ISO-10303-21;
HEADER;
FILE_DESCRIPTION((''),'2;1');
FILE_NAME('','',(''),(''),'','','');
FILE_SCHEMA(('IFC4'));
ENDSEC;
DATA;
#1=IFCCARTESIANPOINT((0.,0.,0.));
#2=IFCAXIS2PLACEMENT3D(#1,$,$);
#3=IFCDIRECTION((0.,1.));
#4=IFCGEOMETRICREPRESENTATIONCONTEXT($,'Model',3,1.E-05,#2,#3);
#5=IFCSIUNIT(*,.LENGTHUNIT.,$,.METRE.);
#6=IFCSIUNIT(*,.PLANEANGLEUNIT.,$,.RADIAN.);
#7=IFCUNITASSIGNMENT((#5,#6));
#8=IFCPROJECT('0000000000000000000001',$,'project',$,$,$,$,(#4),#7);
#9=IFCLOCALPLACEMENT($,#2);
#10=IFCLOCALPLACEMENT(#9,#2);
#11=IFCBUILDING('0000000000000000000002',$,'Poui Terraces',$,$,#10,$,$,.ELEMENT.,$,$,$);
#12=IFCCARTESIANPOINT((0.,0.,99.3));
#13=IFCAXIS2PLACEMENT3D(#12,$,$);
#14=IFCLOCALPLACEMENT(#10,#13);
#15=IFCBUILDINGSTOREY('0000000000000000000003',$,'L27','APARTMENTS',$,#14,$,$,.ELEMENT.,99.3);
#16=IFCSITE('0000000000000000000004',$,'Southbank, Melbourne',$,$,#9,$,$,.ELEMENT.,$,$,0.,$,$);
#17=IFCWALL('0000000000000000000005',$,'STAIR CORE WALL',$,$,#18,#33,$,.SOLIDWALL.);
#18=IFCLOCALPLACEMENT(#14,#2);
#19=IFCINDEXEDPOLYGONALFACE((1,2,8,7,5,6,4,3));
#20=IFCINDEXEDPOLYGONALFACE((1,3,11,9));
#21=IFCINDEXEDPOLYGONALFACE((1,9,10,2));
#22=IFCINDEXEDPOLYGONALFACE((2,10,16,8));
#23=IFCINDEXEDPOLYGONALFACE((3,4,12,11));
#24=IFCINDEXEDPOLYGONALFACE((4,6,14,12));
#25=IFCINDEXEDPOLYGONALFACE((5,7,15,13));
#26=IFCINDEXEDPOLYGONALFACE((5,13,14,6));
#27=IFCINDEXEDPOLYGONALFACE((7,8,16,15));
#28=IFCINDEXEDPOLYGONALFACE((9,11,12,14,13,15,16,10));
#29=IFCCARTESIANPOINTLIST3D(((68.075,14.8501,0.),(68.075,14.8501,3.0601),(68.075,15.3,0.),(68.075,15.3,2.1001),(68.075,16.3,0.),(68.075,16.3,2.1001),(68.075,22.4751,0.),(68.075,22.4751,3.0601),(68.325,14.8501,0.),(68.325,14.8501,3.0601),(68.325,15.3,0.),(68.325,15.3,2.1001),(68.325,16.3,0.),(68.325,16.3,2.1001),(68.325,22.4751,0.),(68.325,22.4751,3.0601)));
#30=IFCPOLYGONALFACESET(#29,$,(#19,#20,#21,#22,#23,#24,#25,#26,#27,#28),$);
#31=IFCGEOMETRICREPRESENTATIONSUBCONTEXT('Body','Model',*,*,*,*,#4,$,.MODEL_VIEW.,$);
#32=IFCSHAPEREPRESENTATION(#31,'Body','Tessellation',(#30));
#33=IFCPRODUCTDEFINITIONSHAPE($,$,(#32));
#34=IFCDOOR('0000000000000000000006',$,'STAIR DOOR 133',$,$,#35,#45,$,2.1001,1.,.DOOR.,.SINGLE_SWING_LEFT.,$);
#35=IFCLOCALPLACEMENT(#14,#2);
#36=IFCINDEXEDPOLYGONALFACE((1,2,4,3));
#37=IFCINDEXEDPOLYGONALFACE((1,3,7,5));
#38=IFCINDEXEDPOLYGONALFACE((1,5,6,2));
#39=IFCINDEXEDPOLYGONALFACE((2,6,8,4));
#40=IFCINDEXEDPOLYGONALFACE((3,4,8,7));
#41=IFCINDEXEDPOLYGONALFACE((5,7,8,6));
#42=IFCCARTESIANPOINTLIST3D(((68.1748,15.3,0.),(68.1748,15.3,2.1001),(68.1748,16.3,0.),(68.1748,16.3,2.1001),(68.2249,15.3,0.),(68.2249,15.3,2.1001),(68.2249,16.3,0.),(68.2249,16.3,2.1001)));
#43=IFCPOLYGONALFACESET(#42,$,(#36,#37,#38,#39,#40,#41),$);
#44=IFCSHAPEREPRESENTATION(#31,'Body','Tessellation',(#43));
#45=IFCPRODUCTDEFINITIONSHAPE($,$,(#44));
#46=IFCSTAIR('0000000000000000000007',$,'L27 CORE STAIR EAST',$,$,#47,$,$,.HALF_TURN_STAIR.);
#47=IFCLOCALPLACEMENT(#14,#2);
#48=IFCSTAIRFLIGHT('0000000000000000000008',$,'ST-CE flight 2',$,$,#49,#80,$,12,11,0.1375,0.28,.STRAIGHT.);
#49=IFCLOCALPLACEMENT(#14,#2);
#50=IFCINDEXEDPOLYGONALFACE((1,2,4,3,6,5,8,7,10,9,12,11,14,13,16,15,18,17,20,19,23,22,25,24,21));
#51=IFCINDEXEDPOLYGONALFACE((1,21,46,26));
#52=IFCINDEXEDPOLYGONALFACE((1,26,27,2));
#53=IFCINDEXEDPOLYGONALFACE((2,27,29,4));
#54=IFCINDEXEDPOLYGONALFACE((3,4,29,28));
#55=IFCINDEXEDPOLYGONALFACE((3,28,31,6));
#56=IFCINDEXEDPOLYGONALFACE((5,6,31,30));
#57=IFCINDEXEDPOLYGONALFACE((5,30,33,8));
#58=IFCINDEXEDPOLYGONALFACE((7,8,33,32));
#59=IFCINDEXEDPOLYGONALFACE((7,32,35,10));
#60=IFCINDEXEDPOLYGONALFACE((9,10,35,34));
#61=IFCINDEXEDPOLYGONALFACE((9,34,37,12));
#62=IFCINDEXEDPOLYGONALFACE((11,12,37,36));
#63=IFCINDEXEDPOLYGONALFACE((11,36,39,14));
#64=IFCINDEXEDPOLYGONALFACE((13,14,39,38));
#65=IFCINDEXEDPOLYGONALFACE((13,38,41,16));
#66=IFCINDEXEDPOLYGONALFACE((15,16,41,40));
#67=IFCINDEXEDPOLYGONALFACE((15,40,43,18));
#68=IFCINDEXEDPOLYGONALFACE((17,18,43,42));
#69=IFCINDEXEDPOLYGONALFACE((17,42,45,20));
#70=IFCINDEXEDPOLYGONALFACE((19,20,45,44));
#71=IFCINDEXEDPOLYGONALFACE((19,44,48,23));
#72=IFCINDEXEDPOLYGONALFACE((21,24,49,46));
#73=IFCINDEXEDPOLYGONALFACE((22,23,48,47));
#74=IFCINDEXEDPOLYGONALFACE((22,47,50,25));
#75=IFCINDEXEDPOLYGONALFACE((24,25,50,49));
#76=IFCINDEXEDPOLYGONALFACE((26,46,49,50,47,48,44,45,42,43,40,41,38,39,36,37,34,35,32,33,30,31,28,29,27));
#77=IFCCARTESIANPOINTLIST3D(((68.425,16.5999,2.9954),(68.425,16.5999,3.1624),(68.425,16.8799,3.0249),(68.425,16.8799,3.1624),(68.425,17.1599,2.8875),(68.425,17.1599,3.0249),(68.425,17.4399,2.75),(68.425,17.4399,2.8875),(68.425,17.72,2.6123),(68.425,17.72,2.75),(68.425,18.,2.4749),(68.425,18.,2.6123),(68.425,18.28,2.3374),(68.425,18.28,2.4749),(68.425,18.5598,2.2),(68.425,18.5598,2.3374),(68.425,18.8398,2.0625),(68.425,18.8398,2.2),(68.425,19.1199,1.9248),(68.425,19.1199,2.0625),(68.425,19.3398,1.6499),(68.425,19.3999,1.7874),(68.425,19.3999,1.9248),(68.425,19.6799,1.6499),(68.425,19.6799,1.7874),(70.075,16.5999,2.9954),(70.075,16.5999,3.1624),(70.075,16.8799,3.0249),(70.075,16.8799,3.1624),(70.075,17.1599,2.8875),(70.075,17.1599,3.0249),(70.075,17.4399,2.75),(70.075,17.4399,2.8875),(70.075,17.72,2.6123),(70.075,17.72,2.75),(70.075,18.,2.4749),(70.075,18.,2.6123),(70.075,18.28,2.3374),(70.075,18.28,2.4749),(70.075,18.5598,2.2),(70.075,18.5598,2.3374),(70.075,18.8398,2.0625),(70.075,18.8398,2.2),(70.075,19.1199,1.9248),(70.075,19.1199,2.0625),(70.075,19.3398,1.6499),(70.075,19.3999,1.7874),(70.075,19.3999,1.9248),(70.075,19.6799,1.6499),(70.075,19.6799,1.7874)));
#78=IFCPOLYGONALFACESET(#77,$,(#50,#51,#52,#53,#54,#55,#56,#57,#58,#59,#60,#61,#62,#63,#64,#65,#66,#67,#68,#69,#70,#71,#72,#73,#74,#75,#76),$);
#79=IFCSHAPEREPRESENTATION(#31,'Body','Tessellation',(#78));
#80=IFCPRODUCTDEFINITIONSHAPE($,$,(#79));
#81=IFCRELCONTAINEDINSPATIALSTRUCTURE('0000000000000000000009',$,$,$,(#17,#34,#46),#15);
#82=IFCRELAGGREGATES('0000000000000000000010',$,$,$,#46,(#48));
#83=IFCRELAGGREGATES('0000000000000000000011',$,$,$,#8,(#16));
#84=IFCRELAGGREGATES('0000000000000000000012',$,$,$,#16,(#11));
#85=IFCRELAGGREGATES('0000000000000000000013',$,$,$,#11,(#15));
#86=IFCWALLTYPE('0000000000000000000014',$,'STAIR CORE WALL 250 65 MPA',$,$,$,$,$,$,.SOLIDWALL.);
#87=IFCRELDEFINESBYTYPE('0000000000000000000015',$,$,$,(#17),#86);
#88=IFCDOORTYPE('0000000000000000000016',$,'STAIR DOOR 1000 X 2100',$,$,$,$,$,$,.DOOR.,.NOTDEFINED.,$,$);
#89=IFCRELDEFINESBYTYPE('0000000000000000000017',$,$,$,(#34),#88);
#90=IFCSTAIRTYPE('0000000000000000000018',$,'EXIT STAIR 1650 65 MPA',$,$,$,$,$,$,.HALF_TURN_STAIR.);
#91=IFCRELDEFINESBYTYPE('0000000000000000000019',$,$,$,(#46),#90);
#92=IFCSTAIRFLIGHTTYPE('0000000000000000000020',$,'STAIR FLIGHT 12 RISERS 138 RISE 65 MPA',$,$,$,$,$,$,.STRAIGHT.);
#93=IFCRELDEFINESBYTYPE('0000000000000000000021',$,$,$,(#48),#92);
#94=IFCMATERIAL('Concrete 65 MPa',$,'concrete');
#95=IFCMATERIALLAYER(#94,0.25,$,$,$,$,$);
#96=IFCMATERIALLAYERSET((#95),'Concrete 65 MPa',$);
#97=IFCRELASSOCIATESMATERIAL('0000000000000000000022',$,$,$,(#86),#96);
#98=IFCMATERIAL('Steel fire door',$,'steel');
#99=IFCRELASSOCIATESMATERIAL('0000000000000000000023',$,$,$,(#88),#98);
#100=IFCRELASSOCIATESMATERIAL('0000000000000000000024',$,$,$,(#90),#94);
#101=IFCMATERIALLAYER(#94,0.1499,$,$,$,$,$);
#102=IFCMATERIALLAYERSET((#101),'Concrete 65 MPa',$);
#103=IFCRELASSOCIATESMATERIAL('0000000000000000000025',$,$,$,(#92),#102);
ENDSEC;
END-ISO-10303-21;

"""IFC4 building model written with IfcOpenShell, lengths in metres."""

from ifc_helpers import new_model, si_unit, direction, frame, frame_2d, origin, place, context, subcontext, project, spatial, polyline, rectangle, outline, extrude, material, layer, layer_set, type_object, element, fill, aggregate, save


model = new_model("IFC4")

# Units and contexts
model_context = context("Model", 3, precision=1e-05, world=origin(), true_north=direction((0.0, 1.0)))
body_context = subcontext(model_context, "Body", "Model", "MODEL_VIEW")
ifc_project = project(units=[si_unit("LENGTHUNIT", "METRE"), si_unit("PLANEANGLEUNIT", "RADIAN")], contexts=[model_context])

# Site, building, storey
site_placement = place(None, origin())
site = spatial("IfcSite", under=ifc_project, at=site_placement, Name="Southbank, Melbourne", CompositionType="ELEMENT", RefElevation=0.0)
building_placement = place(site_placement, origin())
building = spatial("IfcBuilding", under=site, at=building_placement, Name="Poui Terraces", CompositionType="ELEMENT")
storey_placement = place(building_placement, frame((0.0, 0.0, 99.3)))
storey = spatial("IfcBuildingStorey", under=building, at=storey_placement, Name="L27", Description="APARTMENTS", CompositionType="ELEMENT", Elevation=99.3)

# Shared definitions
ifc_material_1 = material(Name="Concrete 65 MPa", Category="concrete")

# Shared definitions
ifc_material_2 = material(Name="Steel fire door", Category="steel")

# Wall, opening, door
ifc_layer_1 = layer(ifc_material_1, 0.25)
ifc_layer_set_1 = layer_set([ifc_layer_1], Name="Concrete 65 MPa")
wall_type_1 = type_object("IfcWallType", Name="STAIR CORE WALL 250 65 MPA", PredefinedType="SOLIDWALL", material=ifc_layer_set_1)
wall_1_placement = place(storey_placement, frame((68.2, 14.8501, 0.0), z_axis=(0.0, 0.0, 1.0), x_axis=(0.0, 1.0, 0.0)))
wall_1 = element("IfcWall", 1, at=wall_1_placement, inside=storey, type_object=wall_type_1, Name="STAIR CORE WALL", PredefinedType="SOLIDWALL", context=body_context, shape_type="SweptSolid", body=[
    extrude(rectangle(XDim=7.625, YDim=0.25, at=frame_2d((3.8125, 0.0))), origin(), (0.0, 0.0, 1.0), 3.0601),
])
opening_1_placement = place(wall_1_placement, frame((0.45, 0.0, 0.0)))
opening_1 = element("IfcOpeningElement", 2, at=opening_1_placement, cuts=wall_1, PredefinedType="OPENING", context=body_context, shape_type="SweptSolid", body=[
    extrude(rectangle(XDim=1.0, YDim=2.1001, at=frame_2d((0.5, 1.05))), frame((0.0, 0.135, 0.0), z_axis=(0.0, -1.0, 0.0), x_axis=(1.0, 0.0, 0.0)), (0.0, 0.0, 1.0), 0.27),
])
door_type_1 = type_object("IfcDoorType", Name="STAIR DOOR 1000 X 2100", OperationType="NOTDEFINED", PredefinedType="DOOR", material=ifc_material_2)
door_1_placement = place(opening_1_placement, frame((1.0, 0.0, 0.0), z_axis=(0.0, 0.0, 1.0), x_axis=(-1.0, 0.0, 0.0)))
door_1 = element("IfcDoor", 3, at=door_1_placement, inside=storey, type_object=door_type_1, Name="STAIR DOOR 133", OperationType="SINGLE_SWING_LEFT", OverallHeight=2.1001, OverallWidth=1.0, PredefinedType="DOOR", context=body_context, shape_type="SweptSolid", body=[
    extrude(rectangle(XDim=1.0, YDim=2.1001, at=frame_2d((0.5, 1.05))), frame((0.0, 0.0249, 0.0), z_axis=(0.0, -1.0, 0.0), x_axis=(1.0, 0.0, 0.0)), (0.0, 0.0, 1.0), 0.05),
])
fill(opening_1, door_1)

# Stair, stair flight
stair_type = type_object("IfcStairType", Name="EXIT STAIR 1650 65 MPA", PredefinedType="HALF_TURN_STAIR", material=ifc_material_1)
stair_placement = place(storey_placement, origin())
stair = element("IfcStair", 4, at=stair_placement, inside=storey, type_object=stair_type, Name="L27 CORE STAIR EAST", PredefinedType="HALF_TURN_STAIR")
ifc_layer_2 = layer(ifc_material_1, 0.1499)
ifc_layer_set_2 = layer_set([ifc_layer_2], Name="Concrete 65 MPa")
stair_flight_type = type_object("IfcStairFlightType", Name="STAIR FLIGHT 12 RISERS 138 RISE 65 MPA", PredefinedType="STRAIGHT", material=ifc_layer_set_2)
stair_flight_placement = place(storey_placement, frame((69.25, 19.6799, 1.6499), z_axis=(0.0, 0.0, 1.0), x_axis=(0.0, -1.0, 0.0)))
stair_flight = element("IfcStairFlight", 5, at=stair_flight_placement, type_object=stair_flight_type, Name="ST-CE flight 2", NumberOfRisers=12, NumberOfTreads=11, PredefinedType="STRAIGHT", RiserHeight=0.1375, TreadLength=0.28, context=body_context, shape_type="SweptSolid", body=[
    extrude(outline(polyline([(0.0, 0.0), (0.0, 0.1375), (0.28, 0.1375), (0.28, 0.2749), (0.5601, 0.2749), (0.5601, 0.4126), (0.8401, 0.4126), (0.8401, 0.55), (1.1201, 0.55), (1.1201, 0.6875), (1.3999, 0.6875), (1.3999, 0.825), (1.6799, 0.825), (1.6799, 0.9624), (1.96, 0.9624), (1.96, 1.1001), (2.24, 1.1001), (2.24, 1.2375), (2.52, 1.2375), (2.52, 1.375), (2.8, 1.375), (2.8, 1.5125), (3.0801, 1.5125), (3.0801, 1.6499), (3.0801, 1.3455), (0.3401, 0.0), (0.0, 0.0)])), frame((0.0, 0.825, 0.0), z_axis=(0.0, -1.0, 0.0), x_axis=(1.0, 0.0, 0.0)), (0.0, 0.0, 1.0), 1.6499),
])
aggregate(stair, [stair_flight])

save(model, "model.ifc")
